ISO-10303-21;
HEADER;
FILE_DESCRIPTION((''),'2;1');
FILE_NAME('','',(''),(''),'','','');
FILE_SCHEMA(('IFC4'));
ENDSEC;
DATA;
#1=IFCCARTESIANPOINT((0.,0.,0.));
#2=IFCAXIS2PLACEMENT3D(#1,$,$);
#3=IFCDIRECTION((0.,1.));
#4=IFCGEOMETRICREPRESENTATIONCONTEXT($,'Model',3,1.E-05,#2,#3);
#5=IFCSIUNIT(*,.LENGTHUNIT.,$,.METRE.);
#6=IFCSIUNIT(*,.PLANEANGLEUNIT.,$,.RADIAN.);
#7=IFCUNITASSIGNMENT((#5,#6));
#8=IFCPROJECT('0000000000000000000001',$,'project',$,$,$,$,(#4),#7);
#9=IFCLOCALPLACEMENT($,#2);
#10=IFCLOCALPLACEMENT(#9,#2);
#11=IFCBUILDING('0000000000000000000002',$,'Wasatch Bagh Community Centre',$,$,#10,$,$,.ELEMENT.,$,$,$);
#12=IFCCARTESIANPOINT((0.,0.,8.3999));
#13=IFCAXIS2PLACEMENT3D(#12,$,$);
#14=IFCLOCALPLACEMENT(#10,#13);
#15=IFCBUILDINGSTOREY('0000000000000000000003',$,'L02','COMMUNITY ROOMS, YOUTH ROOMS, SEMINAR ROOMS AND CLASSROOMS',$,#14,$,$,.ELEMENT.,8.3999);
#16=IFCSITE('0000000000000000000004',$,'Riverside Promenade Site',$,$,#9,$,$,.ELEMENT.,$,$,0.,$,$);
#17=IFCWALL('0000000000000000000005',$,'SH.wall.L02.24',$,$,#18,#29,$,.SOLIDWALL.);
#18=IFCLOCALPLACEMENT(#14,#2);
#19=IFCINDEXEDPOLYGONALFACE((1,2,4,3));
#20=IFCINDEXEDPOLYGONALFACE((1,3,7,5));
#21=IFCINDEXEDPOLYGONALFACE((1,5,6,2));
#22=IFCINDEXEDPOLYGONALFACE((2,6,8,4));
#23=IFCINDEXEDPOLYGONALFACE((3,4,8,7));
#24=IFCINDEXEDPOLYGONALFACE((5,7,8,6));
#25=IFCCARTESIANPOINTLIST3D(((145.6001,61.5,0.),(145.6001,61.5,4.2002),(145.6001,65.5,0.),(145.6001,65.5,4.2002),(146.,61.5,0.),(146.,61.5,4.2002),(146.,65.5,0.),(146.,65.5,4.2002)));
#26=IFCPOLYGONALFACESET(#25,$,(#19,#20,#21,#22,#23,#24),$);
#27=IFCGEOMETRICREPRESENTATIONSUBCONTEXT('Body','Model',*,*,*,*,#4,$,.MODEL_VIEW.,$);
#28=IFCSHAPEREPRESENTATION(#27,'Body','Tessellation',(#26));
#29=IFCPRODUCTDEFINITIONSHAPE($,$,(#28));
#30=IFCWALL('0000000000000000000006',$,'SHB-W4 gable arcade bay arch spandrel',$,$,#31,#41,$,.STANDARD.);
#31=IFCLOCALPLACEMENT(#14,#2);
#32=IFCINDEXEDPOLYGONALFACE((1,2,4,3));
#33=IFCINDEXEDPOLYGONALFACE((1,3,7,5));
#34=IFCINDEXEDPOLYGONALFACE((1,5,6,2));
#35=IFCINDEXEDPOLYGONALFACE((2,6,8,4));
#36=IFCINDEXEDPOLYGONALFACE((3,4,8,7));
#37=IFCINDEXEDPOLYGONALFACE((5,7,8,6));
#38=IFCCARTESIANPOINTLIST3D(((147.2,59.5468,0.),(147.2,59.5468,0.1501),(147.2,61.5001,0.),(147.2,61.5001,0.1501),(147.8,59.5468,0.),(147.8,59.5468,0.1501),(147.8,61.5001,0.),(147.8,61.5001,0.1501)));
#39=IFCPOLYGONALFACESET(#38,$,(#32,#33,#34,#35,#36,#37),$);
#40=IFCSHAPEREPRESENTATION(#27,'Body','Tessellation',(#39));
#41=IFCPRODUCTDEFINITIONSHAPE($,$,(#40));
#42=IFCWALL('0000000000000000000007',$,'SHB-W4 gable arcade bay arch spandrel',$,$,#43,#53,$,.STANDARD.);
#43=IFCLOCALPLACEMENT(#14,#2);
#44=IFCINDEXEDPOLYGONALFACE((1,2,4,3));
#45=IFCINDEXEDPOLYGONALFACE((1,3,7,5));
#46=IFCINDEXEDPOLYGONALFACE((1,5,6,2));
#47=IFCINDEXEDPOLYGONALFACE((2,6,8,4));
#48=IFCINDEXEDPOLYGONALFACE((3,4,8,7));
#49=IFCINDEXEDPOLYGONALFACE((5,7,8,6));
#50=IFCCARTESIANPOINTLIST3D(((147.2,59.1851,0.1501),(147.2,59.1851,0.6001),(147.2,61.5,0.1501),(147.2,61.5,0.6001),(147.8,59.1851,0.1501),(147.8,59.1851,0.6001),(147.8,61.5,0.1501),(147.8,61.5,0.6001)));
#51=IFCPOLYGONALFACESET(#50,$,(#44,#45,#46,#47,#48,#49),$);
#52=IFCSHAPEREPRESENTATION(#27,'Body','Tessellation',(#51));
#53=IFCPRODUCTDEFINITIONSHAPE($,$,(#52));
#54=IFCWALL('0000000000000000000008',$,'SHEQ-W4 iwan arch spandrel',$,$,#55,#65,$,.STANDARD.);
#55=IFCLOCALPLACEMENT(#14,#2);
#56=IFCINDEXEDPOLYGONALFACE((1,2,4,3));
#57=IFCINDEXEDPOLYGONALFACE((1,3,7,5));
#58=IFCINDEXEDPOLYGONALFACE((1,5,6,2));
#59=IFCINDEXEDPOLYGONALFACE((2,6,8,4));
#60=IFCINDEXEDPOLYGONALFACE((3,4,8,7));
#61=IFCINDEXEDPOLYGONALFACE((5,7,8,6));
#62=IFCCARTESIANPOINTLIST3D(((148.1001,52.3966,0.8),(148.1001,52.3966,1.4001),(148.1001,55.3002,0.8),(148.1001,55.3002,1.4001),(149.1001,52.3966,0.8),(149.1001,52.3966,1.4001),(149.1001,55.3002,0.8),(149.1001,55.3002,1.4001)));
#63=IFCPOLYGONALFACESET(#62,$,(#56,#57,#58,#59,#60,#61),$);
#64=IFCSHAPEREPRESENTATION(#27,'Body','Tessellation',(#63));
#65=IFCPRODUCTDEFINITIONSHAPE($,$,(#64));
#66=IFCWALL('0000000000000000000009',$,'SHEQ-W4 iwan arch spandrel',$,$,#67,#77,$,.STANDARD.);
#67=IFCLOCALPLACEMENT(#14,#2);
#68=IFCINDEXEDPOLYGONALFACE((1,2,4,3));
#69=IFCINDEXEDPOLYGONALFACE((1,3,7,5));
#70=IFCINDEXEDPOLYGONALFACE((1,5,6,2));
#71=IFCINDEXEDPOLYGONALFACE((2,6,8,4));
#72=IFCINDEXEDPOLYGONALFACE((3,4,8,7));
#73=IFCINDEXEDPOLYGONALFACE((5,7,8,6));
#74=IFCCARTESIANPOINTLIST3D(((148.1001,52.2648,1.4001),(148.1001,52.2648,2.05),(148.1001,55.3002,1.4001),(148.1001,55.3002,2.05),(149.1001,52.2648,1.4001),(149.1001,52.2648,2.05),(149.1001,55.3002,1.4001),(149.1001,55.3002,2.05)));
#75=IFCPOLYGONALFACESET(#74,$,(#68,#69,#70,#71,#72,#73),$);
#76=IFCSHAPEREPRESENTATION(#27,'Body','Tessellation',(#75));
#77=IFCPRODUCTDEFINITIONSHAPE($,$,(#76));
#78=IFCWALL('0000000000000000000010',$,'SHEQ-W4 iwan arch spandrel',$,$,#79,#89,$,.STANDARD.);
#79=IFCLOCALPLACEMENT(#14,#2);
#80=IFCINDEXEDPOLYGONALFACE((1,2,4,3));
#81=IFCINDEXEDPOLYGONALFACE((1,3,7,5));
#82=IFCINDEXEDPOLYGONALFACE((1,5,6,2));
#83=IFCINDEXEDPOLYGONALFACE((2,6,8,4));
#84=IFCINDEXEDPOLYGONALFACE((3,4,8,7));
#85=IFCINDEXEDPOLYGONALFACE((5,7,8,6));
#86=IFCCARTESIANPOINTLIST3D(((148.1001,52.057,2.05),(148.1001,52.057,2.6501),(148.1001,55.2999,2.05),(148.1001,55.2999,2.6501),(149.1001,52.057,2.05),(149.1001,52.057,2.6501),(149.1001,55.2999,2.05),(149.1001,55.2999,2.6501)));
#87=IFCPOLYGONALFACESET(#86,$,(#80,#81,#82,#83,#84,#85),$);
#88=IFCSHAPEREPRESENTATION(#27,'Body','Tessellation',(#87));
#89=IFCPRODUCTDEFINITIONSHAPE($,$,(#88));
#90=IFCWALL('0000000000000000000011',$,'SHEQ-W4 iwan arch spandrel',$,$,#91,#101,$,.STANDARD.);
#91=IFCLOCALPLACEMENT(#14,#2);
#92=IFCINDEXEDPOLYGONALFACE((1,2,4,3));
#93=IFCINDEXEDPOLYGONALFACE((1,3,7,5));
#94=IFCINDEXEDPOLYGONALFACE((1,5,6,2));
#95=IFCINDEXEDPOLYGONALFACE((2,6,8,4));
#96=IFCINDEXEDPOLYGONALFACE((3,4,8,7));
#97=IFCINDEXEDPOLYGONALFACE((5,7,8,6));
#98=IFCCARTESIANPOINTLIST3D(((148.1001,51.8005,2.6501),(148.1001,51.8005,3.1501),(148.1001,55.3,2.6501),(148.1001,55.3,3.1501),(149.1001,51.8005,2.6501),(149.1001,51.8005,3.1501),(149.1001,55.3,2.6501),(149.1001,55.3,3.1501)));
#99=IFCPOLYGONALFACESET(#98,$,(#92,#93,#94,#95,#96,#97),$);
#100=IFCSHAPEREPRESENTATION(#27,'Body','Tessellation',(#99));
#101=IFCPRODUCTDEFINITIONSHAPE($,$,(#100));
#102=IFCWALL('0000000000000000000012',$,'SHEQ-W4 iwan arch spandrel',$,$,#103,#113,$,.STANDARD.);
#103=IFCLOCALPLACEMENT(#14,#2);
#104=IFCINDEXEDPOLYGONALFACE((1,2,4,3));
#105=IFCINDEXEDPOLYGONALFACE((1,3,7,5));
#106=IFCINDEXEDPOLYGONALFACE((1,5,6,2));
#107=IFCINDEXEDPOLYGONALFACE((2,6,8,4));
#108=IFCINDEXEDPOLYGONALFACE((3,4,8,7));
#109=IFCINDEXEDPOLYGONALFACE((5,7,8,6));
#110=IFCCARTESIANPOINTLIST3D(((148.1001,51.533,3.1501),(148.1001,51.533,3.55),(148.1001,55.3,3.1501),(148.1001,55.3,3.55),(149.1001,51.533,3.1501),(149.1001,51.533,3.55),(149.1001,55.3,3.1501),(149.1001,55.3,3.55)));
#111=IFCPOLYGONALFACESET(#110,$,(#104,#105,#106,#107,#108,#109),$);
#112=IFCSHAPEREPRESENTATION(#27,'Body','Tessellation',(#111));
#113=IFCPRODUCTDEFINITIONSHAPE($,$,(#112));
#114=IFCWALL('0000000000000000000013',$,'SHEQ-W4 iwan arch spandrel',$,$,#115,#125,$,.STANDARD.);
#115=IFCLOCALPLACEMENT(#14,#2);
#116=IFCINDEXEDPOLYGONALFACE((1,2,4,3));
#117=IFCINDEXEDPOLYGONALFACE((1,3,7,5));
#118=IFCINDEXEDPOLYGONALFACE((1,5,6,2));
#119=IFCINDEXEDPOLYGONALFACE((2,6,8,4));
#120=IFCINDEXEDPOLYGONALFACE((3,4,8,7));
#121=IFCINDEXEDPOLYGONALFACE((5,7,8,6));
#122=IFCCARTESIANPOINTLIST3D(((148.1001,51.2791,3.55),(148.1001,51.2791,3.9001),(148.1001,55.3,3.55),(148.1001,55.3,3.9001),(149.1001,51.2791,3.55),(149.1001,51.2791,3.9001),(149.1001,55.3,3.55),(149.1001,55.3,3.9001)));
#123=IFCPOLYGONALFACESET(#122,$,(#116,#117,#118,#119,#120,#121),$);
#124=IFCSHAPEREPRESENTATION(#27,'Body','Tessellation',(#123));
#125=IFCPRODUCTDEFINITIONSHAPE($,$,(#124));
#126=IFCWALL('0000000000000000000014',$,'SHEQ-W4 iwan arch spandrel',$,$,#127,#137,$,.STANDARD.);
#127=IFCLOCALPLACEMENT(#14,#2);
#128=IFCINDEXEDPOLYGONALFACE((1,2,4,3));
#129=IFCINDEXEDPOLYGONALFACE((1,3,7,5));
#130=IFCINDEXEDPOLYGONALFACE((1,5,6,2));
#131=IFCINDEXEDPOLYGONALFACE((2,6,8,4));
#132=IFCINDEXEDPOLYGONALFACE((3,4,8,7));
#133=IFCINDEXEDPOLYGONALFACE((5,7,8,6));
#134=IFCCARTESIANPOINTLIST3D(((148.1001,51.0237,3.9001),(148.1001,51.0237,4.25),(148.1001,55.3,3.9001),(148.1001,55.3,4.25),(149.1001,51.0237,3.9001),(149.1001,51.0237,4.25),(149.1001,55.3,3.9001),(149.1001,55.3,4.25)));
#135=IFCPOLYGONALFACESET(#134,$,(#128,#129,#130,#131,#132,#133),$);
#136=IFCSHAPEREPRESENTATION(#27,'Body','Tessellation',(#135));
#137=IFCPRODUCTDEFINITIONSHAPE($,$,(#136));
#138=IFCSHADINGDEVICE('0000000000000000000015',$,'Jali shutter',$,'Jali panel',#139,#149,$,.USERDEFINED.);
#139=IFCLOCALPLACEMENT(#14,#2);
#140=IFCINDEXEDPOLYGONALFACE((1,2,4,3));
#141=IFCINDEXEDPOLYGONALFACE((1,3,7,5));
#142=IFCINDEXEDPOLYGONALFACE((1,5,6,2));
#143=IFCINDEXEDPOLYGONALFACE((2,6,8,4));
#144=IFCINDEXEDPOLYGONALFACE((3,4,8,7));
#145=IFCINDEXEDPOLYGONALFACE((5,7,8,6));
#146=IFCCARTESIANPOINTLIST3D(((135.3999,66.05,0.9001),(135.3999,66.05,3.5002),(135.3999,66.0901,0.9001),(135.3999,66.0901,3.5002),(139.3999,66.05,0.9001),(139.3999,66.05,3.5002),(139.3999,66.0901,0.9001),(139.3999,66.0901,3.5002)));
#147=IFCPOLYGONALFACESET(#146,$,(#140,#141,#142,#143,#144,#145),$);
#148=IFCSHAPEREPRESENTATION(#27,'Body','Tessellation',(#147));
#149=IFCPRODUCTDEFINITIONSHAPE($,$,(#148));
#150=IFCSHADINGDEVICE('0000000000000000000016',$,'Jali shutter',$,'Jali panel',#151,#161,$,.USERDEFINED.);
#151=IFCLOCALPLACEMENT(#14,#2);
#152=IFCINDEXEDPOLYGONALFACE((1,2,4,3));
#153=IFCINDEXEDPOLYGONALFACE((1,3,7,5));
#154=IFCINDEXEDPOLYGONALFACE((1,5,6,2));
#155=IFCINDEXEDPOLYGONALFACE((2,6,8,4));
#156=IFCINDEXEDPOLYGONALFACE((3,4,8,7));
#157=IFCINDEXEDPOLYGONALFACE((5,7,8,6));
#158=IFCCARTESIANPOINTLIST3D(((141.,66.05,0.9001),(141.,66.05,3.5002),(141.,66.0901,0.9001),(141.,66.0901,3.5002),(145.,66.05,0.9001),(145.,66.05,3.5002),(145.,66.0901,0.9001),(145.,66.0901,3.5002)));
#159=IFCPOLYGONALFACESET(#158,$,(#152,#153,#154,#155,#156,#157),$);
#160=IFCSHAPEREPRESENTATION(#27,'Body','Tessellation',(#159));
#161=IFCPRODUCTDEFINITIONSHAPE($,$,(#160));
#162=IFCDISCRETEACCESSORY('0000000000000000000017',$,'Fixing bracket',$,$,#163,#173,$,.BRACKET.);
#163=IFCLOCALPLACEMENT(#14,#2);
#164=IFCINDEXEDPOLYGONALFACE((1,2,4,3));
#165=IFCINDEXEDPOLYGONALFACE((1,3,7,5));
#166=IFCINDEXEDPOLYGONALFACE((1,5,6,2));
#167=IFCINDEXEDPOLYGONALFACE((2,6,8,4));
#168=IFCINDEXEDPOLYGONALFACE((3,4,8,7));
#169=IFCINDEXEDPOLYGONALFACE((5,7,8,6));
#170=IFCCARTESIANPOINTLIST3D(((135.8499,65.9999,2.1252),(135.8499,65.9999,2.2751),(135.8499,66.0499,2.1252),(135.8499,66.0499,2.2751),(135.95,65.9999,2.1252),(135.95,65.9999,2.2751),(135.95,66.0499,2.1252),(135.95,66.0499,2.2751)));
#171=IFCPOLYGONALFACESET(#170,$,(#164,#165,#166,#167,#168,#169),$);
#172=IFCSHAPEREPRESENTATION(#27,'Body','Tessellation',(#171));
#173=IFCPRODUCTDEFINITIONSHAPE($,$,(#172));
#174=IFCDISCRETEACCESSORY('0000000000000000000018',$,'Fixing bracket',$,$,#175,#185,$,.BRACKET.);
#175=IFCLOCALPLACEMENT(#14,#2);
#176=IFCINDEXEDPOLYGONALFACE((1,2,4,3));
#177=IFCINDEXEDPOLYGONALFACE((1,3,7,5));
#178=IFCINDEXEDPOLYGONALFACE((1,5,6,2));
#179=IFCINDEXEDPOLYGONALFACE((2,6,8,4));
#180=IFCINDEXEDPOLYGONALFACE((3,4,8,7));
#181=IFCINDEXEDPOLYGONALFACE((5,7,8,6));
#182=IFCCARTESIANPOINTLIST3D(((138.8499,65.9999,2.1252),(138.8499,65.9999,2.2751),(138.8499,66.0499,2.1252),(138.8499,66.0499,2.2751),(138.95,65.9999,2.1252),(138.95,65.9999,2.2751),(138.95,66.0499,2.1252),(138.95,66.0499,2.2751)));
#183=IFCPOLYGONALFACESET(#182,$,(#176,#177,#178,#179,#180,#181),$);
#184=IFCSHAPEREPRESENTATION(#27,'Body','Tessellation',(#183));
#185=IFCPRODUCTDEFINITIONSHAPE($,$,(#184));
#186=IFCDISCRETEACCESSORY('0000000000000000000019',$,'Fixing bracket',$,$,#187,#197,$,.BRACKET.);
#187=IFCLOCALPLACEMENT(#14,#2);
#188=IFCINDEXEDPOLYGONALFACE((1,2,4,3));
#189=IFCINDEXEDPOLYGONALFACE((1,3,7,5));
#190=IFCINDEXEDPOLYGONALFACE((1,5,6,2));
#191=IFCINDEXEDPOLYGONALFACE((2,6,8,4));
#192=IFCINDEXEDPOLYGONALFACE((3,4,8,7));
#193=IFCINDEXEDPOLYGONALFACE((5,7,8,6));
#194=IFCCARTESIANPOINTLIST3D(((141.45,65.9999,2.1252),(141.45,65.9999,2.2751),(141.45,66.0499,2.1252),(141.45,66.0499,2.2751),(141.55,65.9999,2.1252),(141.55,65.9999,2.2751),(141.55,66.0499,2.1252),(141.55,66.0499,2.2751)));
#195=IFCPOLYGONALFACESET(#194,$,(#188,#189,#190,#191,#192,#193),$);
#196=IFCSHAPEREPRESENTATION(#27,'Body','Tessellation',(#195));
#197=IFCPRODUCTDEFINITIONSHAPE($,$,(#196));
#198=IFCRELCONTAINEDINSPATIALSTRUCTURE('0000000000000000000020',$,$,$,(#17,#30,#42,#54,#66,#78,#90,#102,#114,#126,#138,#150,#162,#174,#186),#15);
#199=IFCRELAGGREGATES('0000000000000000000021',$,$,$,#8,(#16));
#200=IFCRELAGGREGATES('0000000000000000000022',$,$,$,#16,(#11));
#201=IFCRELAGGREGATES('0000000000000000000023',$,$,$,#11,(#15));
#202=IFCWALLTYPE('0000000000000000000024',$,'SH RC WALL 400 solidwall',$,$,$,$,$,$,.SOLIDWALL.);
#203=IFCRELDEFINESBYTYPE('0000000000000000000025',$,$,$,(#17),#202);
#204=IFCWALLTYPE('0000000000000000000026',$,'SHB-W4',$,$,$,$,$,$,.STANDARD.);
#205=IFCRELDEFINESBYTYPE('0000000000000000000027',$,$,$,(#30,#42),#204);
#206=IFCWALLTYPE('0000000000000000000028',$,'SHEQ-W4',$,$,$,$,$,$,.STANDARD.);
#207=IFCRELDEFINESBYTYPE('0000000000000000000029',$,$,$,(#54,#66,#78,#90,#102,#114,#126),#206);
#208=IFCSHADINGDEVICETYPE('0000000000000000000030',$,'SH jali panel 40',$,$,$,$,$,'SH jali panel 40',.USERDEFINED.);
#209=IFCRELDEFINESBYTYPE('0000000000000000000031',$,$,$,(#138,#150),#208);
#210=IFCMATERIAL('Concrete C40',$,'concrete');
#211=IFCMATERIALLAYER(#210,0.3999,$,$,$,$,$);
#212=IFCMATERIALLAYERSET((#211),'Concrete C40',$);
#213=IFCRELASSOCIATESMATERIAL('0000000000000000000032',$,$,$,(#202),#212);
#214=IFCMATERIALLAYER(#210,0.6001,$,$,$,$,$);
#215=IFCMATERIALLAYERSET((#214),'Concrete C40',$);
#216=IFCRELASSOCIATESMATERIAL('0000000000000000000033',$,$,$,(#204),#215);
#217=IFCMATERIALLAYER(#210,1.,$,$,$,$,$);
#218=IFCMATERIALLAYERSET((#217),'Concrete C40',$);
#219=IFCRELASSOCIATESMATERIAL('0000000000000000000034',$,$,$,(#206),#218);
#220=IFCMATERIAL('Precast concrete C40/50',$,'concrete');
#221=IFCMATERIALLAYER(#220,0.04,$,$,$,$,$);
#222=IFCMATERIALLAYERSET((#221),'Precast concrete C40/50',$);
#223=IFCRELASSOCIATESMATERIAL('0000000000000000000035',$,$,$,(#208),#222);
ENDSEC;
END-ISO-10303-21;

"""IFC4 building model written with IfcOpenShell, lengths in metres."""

from ifc_helpers import new_model, si_unit, direction, frame, frame_2d, origin, origin_2d, place, context, subcontext, project, spatial, rectangle, extrude, material, layer, layer_set, type_object, element, save


model = new_model("IFC4")

# Units and contexts
model_context = context("Model", 3, precision=1e-05, world=origin(), true_north=direction((0.0, 1.0)))
body_context = subcontext(model_context, "Body", "Model", "MODEL_VIEW")
ifc_project = project(units=[si_unit("LENGTHUNIT", "METRE"), si_unit("PLANEANGLEUNIT", "RADIAN")], contexts=[model_context])

# Site, building, storey
site_placement = place(None, origin())
site = spatial("IfcSite", under=ifc_project, at=site_placement, Name="Riverside Promenade Site", CompositionType="ELEMENT", RefElevation=0.0)
building_placement = place(site_placement, origin())
building = spatial("IfcBuilding", under=site, at=building_placement, Name="Wasatch Bagh Community Centre", CompositionType="ELEMENT")
storey_placement = place(building_placement, frame((0.0, 0.0, 8.3999)))
storey = spatial("IfcBuildingStorey", under=building, at=storey_placement, Name="L02", Description="COMMUNITY ROOMS, YOUTH ROOMS, SEMINAR ROOMS AND CLASSROOMS", CompositionType="ELEMENT", Elevation=8.3999)

# Shared definitions
ifc_material_1 = material(Name="Concrete C40", Category="concrete")

# Shared definitions
ifc_layer_1 = layer(ifc_material_1, 0.3999)
ifc_layer_set_1 = layer_set([ifc_layer_1], Name="Concrete C40")
wall_type_1 = type_object("IfcWallType", Name="SH RC WALL 400 solidwall", PredefinedType="SOLIDWALL", material=ifc_layer_set_1)

# Walls
wall_1_placement = place(storey_placement, frame((145.8, 61.5, 0.0), z_axis=(0.0, 0.0, 1.0), x_axis=(0.0, 1.0, 0.0)))
element("IfcWall", 1, at=wall_1_placement, inside=storey, type_object=wall_type_1, Name="SH.wall.L02.24", PredefinedType="SOLIDWALL", context=body_context, shape_type="SweptSolid", body=[
    extrude(rectangle(XDim=4.0, YDim=0.3999, at=frame_2d((2.0, 0.0))), origin(), (0.0, 0.0, 1.0), 4.2002),
])
ifc_layer_2 = layer(ifc_material_1, 0.6001)
ifc_layer_set_2 = layer_set([ifc_layer_2], Name="Concrete C40")
wall_type_2 = type_object("IfcWallType", Name="SHB-W4", PredefinedType="STANDARD", material=ifc_layer_set_2)
wall_2_placement = place(storey_placement, frame((147.5, 61.5, 0.0), z_axis=(0.0, 0.0, 1.0), x_axis=(0.0, -1.0, 0.0)))
element("IfcWall", 2, at=wall_2_placement, inside=storey, type_object=wall_type_2, Name="SHB-W4 gable arcade bay arch spandrel", PredefinedType="STANDARD", context=body_context, shape_type="SweptSolid", body=[
    extrude(rectangle(XDim=1.9534, YDim=0.6001, at=frame_2d((0.9766, 0.0))), origin(), (0.0, 0.0, 1.0), 0.1501),
])
wall_3_placement = place(storey_placement, frame((147.5, 61.5, 0.1501), z_axis=(0.0, 0.0, 1.0), x_axis=(0.0, -1.0, 0.0)))
element("IfcWall", 3, at=wall_3_placement, inside=storey, type_object=wall_type_2, Name="SHB-W4 gable arcade bay arch spandrel", PredefinedType="STANDARD", context=body_context, shape_type="SweptSolid", body=[
    extrude(rectangle(XDim=2.3149, YDim=0.6001, at=frame_2d((1.1575, 0.0))), origin(), (0.0, 0.0, 1.0), 0.45),
])
ifc_layer_3 = layer(ifc_material_1, 1.0)
ifc_layer_set_3 = layer_set([ifc_layer_3], Name="Concrete C40")
wall_type_3 = type_object("IfcWallType", Name="SHEQ-W4", PredefinedType="STANDARD", material=ifc_layer_set_3)
wall_4_placement = place(storey_placement, frame((148.6001, 55.3, 0.8), z_axis=(0.0, 0.0, 1.0), x_axis=(0.0, -1.0, 0.0)))
element("IfcWall", 4, at=wall_4_placement, inside=storey, type_object=wall_type_3, Name="SHEQ-W4 iwan arch spandrel", PredefinedType="STANDARD", context=body_context, shape_type="SweptSolid", body=[
    extrude(rectangle(XDim=2.9036, YDim=1.0, at=frame_2d((1.4517, 0.0))), origin(), (0.0, 0.0, 1.0), 0.6001),
])
wall_5_placement = place(storey_placement, frame((148.6001, 55.3, 1.4001), z_axis=(0.0, 0.0, 1.0), x_axis=(0.0, -1.0, 0.0)))
element("IfcWall", 5, at=wall_5_placement, inside=storey, type_object=wall_type_3, Name="SHEQ-W4 iwan arch spandrel", PredefinedType="STANDARD", context=body_context, shape_type="SweptSolid", body=[
    extrude(rectangle(XDim=3.0354, YDim=1.0, at=frame_2d((1.5176, 0.0))), origin(), (0.0, 0.0, 1.0), 0.6499),
])
wall_6_placement = place(storey_placement, frame((148.6001, 55.3, 2.05), z_axis=(0.0, 0.0, 1.0), x_axis=(0.0, -1.0, 0.0)))
element("IfcWall", 6, at=wall_6_placement, inside=storey, type_object=wall_type_3, Name="SHEQ-W4 iwan arch spandrel", PredefinedType="STANDARD", context=body_context, shape_type="SweptSolid", body=[
    extrude(rectangle(XDim=3.2429, YDim=1.0, at=frame_2d((1.6216, 0.0))), origin(), (0.0, 0.0, 1.0), 0.6001),
])
wall_7_placement = place(storey_placement, frame((148.6001, 55.3, 2.6501), z_axis=(0.0, 0.0, 1.0), x_axis=(0.0, -1.0, 0.0)))
element("IfcWall", 7, at=wall_7_placement, inside=storey, type_object=wall_type_3, Name="SHEQ-W4 iwan arch spandrel", PredefinedType="STANDARD", context=body_context, shape_type="SweptSolid", body=[
    extrude(rectangle(XDim=3.4995, YDim=1.0, at=frame_2d((1.7498, 0.0))), origin(), (0.0, 0.0, 1.0), 0.5),
])
wall_8_placement = place(storey_placement, frame((148.6001, 55.3, 3.1501), z_axis=(0.0, 0.0, 1.0), x_axis=(0.0, -1.0, 0.0)))
element("IfcWall", 8, at=wall_8_placement, inside=storey, type_object=wall_type_3, Name="SHEQ-W4 iwan arch spandrel", PredefinedType="STANDARD", context=body_context, shape_type="SweptSolid", body=[
    extrude(rectangle(XDim=3.7671, YDim=1.0, at=frame_2d((1.8835, 0.0))), origin(), (0.0, 0.0, 1.0), 0.3999),
])
wall_9_placement = place(storey_placement, frame((148.6001, 55.3, 3.55), z_axis=(0.0, 0.0, 1.0), x_axis=(0.0, -1.0, 0.0)))
element("IfcWall", 9, at=wall_9_placement, inside=storey, type_object=wall_type_3, Name="SHEQ-W4 iwan arch spandrel", PredefinedType="STANDARD", context=body_context, shape_type="SweptSolid", body=[
    extrude(rectangle(XDim=4.021, YDim=1.0, at=frame_2d((2.0105, 0.0))), origin(), (0.0, 0.0, 1.0), 0.3501),
])
wall_10_placement = place(storey_placement, frame((148.6001, 55.3, 3.9001), z_axis=(0.0, 0.0, 1.0), x_axis=(0.0, -1.0, 0.0)))
element("IfcWall", 10, at=wall_10_placement, inside=storey, type_object=wall_type_3, Name="SHEQ-W4 iwan arch spandrel", PredefinedType="STANDARD", context=body_context, shape_type="SweptSolid", body=[
    extrude(rectangle(XDim=4.2764, YDim=1.0, at=frame_2d((2.1382, 0.0))), origin(), (0.0, 0.0, 1.0), 0.3499),
])

# Shading devices
ifc_material_2 = material(Name="Precast concrete C40/50", Category="concrete")
ifc_layer_4 = layer(ifc_material_2, 0.04)
ifc_layer_set_4 = layer_set([ifc_layer_4], Name="Precast concrete C40/50")
shading_device_type = type_object("IfcShadingDeviceType", Name="SH jali panel 40", ElementType="SH jali panel 40", PredefinedType="USERDEFINED", material=ifc_layer_set_4)
for number, where, z_axis, x_axis, name in (
    (11, (137.3999, 66.0701, 0.9001), (0.0, 0.0, 1.0), (1.0, 0.0, 0.0), "Jali shutter"),
    (12, (143.0, 66.0701, 0.9001), (0.0, 0.0, 1.0), (1.0, 0.0, 0.0), "Jali shutter"),
):
    element("IfcShadingDevice", number, at=place(storey_placement, frame(where, z_axis=z_axis, x_axis=x_axis)), inside=storey, type_object=shading_device_type, Name=name, ObjectType="Jali panel", PredefinedType="USERDEFINED", context=body_context, shape_type="SweptSolid", body=[
        extrude(rectangle(XDim=4.0, YDim=0.04, at=origin_2d()), origin(), (0.0, 0.0, 1.0), 2.6001),
    ])

# Discrete accessories
for number, where, z_axis, x_axis, name in (
    (13, (135.8999, 66.0249, 2.1252), (0.0, 0.0, 1.0), (1.0, 0.0, 0.0), "Fixing bracket"),
    (14, (138.8999, 66.0249, 2.1252), (0.0, 0.0, 1.0), (1.0, 0.0, 0.0), "Fixing bracket"),
    (15, (141.5, 66.0249, 2.1252), (0.0, 0.0, 1.0), (1.0, 0.0, 0.0), "Fixing bracket"),
):
    element("IfcDiscreteAccessory", number, at=place(storey_placement, frame(where, z_axis=z_axis, x_axis=x_axis)), inside=storey, Name=name, PredefinedType="BRACKET", context=body_context, shape_type="SweptSolid", body=[
        extrude(rectangle(XDim=0.1001, YDim=0.05, at=origin_2d()), origin(), (0.0, 0.0, 1.0), 0.1499),
    ])

save(model, "model.ifc")
